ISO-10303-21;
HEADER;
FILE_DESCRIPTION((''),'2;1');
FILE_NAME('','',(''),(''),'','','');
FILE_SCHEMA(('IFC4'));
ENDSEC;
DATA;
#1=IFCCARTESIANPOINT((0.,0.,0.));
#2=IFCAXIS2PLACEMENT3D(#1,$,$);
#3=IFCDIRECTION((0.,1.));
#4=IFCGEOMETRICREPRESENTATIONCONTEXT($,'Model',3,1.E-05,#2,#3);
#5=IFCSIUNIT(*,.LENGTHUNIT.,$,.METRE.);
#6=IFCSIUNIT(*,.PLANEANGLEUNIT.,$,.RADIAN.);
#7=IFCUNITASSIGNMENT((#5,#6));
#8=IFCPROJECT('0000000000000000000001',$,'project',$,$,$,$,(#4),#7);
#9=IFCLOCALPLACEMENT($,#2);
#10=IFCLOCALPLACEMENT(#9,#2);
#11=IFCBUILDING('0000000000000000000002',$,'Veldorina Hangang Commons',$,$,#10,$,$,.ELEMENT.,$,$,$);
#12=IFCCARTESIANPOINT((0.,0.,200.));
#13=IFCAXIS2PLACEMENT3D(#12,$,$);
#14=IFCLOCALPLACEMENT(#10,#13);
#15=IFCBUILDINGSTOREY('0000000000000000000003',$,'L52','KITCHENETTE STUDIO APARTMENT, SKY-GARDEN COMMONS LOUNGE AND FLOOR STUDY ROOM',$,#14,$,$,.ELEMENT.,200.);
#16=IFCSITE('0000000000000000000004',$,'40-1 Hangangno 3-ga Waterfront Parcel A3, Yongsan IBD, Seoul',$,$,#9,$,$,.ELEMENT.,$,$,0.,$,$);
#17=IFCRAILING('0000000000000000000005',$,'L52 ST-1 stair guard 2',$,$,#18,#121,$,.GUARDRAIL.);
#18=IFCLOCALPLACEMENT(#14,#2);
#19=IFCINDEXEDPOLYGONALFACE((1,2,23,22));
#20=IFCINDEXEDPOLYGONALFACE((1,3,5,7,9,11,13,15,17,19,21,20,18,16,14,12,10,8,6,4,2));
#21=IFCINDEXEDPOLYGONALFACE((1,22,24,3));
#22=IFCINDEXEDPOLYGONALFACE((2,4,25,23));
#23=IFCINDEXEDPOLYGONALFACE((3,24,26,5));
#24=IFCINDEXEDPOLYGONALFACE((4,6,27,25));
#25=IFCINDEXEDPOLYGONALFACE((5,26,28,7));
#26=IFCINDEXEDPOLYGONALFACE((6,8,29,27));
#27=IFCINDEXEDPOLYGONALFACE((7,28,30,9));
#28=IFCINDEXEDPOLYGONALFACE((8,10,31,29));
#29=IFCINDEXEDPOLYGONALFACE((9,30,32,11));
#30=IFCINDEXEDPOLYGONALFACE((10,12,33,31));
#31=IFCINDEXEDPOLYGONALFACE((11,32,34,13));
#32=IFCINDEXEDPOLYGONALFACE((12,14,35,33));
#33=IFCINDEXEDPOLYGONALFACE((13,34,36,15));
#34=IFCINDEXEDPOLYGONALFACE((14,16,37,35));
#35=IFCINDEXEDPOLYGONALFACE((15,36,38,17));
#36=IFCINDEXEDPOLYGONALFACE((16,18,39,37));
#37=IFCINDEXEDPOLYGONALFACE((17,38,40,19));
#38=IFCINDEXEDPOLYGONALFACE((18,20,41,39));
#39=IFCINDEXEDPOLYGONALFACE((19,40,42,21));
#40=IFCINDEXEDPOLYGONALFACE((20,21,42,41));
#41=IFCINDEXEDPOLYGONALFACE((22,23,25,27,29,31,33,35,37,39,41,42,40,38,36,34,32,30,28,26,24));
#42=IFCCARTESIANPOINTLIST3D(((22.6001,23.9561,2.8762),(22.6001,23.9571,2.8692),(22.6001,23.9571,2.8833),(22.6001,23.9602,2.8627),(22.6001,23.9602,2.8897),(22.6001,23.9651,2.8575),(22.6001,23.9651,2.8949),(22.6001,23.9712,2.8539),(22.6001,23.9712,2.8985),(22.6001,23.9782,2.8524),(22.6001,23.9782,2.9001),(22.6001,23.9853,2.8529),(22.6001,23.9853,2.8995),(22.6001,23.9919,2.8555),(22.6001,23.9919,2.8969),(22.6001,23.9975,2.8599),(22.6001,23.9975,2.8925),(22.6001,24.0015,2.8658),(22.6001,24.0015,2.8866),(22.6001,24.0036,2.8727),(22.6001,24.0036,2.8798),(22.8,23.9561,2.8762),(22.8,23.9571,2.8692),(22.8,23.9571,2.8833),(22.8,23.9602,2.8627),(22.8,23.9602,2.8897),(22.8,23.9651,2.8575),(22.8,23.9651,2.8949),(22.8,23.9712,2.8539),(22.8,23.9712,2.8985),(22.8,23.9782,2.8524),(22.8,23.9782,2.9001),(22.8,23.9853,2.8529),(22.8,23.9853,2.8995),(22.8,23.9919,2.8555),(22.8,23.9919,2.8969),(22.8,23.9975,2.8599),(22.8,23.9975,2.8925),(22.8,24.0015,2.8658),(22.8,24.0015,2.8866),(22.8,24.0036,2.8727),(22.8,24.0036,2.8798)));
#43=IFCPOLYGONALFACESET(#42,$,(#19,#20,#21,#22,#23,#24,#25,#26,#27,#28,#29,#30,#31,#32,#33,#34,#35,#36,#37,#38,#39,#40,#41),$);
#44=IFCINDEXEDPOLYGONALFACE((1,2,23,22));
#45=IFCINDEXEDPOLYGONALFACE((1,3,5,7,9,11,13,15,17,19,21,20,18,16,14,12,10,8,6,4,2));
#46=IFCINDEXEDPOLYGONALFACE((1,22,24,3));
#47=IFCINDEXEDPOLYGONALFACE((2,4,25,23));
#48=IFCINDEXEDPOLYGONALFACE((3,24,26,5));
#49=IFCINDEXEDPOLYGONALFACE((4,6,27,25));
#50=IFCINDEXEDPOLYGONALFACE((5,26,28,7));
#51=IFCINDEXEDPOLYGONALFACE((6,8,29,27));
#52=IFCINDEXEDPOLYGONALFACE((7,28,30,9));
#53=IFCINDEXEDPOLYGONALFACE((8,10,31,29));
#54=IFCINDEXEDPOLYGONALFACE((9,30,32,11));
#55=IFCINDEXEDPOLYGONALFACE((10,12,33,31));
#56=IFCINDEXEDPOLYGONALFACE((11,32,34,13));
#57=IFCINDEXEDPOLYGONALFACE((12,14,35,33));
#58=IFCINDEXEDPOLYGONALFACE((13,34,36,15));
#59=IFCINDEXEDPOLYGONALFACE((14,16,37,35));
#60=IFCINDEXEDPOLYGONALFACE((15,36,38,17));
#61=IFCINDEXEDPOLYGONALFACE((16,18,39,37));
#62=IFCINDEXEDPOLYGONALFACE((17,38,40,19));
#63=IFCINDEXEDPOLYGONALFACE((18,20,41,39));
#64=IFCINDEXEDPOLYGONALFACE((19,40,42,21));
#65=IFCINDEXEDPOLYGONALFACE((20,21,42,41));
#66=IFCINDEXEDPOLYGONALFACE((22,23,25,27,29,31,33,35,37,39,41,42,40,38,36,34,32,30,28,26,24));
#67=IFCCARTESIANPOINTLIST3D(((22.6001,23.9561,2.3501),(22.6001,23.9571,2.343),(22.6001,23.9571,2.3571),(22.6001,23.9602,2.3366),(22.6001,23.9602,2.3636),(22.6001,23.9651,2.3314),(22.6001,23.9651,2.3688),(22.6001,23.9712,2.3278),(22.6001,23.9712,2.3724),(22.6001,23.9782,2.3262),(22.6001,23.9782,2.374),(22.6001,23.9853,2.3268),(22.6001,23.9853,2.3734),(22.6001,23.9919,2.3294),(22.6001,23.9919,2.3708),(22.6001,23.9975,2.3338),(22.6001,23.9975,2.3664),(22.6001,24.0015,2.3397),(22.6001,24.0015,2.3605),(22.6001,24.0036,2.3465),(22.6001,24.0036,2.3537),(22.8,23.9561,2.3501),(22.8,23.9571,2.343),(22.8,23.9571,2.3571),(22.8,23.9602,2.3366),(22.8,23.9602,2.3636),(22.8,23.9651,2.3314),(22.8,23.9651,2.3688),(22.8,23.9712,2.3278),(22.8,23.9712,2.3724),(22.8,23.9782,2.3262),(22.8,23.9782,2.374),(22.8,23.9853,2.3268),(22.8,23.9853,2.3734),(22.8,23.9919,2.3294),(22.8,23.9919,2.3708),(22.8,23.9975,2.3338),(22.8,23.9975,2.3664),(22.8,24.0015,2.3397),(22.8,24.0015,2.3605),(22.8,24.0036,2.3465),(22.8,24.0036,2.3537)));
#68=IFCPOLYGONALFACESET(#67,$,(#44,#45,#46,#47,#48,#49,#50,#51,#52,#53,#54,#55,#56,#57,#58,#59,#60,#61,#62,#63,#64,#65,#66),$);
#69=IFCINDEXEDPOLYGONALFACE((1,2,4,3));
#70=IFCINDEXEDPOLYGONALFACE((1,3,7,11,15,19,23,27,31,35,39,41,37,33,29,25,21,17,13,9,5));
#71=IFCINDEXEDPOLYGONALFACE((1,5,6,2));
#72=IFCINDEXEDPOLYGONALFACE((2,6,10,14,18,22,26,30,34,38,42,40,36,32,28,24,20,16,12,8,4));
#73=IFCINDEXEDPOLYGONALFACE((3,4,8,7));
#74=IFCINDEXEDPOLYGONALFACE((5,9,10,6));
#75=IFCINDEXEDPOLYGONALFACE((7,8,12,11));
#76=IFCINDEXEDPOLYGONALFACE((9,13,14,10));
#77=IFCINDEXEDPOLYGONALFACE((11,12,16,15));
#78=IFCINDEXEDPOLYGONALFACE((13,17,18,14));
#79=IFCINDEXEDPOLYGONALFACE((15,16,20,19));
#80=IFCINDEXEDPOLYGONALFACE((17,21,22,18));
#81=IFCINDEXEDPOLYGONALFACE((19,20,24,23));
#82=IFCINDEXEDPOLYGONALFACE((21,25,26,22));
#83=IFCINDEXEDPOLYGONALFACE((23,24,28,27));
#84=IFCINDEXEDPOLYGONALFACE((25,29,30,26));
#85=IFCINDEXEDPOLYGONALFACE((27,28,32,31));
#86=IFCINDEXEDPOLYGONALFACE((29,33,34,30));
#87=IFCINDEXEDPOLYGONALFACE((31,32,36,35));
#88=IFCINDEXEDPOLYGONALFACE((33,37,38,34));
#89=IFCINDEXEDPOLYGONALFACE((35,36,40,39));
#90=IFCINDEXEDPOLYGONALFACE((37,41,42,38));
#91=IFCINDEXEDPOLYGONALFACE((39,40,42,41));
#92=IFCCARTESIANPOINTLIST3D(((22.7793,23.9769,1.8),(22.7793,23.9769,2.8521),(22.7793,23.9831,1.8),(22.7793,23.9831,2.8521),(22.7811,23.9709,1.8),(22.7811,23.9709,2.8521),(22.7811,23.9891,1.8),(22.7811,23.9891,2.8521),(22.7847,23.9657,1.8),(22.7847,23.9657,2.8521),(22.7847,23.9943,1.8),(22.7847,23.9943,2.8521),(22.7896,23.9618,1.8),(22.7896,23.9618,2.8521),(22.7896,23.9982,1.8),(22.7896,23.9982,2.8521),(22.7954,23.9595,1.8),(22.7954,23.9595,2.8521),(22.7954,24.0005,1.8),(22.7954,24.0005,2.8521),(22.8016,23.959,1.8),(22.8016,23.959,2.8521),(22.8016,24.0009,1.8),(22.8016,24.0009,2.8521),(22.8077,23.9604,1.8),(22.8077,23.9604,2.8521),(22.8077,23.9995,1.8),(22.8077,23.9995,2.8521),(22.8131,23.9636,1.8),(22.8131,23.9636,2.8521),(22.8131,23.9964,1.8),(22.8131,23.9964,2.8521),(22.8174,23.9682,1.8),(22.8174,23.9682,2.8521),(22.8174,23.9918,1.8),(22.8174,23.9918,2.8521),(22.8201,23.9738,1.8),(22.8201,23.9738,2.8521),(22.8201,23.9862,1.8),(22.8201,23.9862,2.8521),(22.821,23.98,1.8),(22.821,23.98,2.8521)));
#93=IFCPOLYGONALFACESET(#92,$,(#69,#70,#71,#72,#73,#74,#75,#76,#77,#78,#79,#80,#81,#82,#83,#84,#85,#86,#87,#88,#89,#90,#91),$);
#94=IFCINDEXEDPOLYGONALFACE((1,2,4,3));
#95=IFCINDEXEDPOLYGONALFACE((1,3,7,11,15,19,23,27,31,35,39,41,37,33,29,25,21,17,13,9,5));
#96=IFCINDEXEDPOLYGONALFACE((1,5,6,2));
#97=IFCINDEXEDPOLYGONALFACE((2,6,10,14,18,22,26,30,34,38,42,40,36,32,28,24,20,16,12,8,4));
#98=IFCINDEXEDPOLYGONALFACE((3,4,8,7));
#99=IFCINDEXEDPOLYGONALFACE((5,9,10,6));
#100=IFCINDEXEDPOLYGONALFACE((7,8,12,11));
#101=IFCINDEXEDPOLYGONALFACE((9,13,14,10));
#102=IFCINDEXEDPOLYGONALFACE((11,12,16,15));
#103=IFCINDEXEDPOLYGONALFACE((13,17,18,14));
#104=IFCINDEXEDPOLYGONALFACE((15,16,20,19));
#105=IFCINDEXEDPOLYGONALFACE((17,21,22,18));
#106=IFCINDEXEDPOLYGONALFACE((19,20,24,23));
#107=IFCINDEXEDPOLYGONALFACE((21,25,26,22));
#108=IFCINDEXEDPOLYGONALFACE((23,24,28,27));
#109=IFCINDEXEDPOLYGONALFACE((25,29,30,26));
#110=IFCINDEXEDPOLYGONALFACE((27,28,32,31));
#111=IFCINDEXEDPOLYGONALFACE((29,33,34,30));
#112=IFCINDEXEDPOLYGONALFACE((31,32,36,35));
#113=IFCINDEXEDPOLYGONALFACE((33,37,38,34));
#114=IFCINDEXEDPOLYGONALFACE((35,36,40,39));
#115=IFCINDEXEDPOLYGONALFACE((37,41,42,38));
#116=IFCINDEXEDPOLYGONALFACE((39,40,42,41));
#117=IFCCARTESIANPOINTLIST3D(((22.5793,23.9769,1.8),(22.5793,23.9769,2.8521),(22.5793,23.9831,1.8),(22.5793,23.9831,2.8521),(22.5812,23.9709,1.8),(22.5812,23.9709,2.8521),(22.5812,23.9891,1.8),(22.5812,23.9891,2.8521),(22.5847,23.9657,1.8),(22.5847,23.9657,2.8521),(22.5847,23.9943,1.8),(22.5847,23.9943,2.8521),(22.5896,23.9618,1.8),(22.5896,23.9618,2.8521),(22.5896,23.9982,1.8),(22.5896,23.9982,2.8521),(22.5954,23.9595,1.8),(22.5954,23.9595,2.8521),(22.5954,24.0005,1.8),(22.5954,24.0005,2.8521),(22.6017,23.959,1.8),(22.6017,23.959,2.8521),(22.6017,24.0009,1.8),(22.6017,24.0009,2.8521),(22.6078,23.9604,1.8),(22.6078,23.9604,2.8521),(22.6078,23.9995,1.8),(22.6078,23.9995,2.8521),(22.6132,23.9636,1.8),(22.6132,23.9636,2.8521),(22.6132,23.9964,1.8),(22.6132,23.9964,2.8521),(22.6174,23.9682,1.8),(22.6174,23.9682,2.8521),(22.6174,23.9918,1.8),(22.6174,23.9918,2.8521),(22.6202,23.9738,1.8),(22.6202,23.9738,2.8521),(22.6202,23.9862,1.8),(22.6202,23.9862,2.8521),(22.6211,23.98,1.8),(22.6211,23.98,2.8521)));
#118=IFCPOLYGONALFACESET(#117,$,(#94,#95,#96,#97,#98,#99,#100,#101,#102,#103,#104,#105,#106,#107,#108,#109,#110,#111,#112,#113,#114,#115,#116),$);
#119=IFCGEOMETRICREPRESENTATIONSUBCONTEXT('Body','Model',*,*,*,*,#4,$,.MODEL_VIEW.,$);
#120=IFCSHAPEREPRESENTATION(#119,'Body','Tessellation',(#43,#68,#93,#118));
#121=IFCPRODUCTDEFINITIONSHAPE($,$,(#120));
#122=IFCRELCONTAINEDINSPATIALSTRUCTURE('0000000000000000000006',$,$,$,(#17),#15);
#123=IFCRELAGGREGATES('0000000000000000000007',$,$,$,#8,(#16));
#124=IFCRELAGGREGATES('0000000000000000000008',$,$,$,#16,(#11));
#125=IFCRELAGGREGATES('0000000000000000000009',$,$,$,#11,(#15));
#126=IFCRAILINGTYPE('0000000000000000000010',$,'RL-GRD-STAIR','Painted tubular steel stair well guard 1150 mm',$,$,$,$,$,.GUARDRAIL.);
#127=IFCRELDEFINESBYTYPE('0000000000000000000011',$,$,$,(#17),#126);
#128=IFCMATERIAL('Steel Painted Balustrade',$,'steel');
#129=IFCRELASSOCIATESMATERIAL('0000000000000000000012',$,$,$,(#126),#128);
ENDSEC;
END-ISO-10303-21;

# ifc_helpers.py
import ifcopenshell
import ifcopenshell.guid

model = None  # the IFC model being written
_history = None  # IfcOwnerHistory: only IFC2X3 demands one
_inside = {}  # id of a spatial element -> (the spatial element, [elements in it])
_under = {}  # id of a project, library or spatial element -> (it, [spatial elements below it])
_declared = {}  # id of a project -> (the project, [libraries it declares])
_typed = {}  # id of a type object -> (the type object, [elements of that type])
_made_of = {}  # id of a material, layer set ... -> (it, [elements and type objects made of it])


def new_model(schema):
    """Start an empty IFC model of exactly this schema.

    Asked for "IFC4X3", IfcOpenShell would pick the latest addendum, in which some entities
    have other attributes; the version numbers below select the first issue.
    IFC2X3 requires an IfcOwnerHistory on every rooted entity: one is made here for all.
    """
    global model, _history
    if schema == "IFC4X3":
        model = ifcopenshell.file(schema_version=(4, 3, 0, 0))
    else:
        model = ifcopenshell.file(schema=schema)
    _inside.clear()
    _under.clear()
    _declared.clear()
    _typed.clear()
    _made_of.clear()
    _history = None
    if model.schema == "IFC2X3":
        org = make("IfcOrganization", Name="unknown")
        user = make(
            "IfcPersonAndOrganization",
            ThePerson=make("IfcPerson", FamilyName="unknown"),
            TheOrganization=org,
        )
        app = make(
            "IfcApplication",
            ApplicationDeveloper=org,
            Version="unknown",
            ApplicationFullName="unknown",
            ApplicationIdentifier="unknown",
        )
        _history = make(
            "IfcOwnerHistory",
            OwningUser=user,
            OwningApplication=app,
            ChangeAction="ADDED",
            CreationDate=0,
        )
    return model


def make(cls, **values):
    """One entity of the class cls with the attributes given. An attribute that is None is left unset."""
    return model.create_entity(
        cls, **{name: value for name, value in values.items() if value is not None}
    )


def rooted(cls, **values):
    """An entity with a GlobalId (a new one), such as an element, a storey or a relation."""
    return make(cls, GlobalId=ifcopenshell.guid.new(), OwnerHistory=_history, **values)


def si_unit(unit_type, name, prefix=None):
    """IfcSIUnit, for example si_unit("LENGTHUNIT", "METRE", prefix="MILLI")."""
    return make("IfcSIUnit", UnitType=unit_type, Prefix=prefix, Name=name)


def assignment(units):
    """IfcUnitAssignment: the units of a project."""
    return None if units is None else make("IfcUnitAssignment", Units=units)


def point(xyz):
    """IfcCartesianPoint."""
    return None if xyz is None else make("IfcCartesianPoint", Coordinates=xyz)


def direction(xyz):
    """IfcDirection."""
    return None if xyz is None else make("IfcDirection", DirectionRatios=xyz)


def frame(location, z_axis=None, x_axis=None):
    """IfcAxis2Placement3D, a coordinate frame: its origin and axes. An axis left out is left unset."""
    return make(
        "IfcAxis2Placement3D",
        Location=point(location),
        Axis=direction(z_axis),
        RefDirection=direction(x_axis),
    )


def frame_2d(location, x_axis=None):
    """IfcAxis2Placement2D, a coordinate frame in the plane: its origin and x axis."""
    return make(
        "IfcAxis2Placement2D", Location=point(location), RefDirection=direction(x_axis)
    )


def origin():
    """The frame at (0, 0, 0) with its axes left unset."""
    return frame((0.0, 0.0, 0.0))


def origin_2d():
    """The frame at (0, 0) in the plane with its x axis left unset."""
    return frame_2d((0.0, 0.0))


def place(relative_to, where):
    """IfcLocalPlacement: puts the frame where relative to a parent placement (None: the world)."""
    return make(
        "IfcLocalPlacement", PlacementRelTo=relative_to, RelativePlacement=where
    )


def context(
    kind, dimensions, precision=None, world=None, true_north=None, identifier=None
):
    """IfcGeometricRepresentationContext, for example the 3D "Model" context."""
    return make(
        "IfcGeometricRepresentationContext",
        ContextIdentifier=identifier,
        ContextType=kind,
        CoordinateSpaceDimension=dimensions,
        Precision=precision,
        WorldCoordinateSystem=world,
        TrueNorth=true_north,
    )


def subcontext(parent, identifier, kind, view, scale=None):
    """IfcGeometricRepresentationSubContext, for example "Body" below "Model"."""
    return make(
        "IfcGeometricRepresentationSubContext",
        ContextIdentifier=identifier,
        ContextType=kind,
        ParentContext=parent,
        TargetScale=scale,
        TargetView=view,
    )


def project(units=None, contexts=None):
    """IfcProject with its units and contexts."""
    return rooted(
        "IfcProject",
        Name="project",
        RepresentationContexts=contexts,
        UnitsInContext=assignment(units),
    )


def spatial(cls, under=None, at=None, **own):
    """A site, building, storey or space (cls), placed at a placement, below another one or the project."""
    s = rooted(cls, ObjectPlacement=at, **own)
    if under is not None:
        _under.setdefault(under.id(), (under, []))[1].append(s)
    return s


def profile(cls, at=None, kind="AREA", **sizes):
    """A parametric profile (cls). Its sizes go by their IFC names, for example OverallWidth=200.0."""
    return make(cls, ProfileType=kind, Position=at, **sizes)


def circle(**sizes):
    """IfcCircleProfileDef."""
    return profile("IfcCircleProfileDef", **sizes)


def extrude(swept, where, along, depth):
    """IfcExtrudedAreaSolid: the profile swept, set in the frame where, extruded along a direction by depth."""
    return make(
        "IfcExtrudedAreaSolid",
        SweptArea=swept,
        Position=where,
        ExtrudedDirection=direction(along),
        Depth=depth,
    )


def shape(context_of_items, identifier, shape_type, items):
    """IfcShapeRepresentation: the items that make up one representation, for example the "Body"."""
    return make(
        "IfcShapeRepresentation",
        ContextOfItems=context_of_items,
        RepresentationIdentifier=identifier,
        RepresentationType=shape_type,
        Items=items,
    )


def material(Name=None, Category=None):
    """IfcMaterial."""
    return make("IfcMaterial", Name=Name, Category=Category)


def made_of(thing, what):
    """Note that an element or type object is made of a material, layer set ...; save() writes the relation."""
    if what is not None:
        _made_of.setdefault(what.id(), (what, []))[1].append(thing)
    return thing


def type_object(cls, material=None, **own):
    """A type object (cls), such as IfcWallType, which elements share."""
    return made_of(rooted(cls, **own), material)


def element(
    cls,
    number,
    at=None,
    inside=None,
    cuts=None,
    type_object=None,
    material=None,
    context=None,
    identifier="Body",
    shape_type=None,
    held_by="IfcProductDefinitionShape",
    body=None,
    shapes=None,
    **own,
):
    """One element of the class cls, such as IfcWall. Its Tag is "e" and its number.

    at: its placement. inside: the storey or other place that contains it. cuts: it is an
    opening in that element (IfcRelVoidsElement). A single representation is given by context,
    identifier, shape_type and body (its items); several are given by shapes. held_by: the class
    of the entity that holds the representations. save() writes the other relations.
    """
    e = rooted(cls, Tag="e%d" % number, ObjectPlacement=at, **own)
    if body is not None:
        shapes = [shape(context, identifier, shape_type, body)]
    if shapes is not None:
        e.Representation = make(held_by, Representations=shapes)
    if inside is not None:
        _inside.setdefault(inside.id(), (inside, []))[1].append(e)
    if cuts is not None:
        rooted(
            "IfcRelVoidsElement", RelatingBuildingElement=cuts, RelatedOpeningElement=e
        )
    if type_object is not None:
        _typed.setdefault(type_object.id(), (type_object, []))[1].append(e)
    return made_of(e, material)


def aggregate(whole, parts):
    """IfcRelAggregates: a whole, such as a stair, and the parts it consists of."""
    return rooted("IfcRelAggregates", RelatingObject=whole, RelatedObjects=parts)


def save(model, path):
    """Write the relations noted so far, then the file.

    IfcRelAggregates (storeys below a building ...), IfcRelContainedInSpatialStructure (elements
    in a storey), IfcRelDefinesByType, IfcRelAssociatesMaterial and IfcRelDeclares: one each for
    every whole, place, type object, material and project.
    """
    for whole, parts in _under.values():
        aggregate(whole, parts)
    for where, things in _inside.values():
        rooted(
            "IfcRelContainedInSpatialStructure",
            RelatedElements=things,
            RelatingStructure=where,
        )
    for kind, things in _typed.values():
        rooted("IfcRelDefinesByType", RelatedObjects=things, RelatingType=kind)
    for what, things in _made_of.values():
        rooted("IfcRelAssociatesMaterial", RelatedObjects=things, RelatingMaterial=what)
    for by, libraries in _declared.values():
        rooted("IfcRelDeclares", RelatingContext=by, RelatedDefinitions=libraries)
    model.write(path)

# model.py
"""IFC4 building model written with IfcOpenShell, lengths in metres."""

from ifc_helpers import new_model, si_unit, direction, frame, origin, origin_2d, place, context, subcontext, project, spatial, circle, extrude, material, type_object, element, save


model = new_model("IFC4")

# Units and contexts
model_context = context("Model", 3, precision=1e-05, world=origin(), true_north=direction((0.0, 1.0)))
body_context = subcontext(model_context, "Body", "Model", "MODEL_VIEW")
ifc_project = project(units=[si_unit("LENGTHUNIT", "METRE"), si_unit("PLANEANGLEUNIT", "RADIAN")], contexts=[model_context])

# Site, building, storey
site_placement = place(None, origin())
site = spatial("IfcSite", under=ifc_project, at=site_placement, Name="40-1 Hangangno 3-ga Waterfront Parcel A3, Yongsan IBD, Seoul", CompositionType="ELEMENT", RefElevation=0.0)
building_placement = place(site_placement, origin())
building = spatial("IfcBuilding", under=site, at=building_placement, Name="Veldorina Hangang Commons", CompositionType="ELEMENT")
storey_placement = place(building_placement, frame((0.0, 0.0, 200.0)))
storey = spatial("IfcBuildingStorey", under=building, at=storey_placement, Name="L52", Description="KITCHENETTE STUDIO APARTMENT, SKY-GARDEN COMMONS LOUNGE AND FLOOR STUDY ROOM", CompositionType="ELEMENT", Elevation=200.0)

# Railing
ifc_material_1 = material(Name="Steel Painted Balustrade", Category="steel")
railing_type_1 = type_object("IfcRailingType", Name="RL-GRD-STAIR", Description="Painted tubular steel stair well guard 1150 mm", PredefinedType="GUARDRAIL", material=ifc_material_1)
railing_1_placement = place(storey_placement, frame((22.8, 23.98, 1.8)))
element("IfcRailing", 1, at=railing_1_placement, inside=storey, type_object=railing_type_1, Name="L52 ST-1 stair guard 2", PredefinedType="GUARDRAIL", context=body_context, shape_type="SweptSolid", body=[
    extrude(circle(Radius=0.0239, at=origin_2d()), frame((0.0, 0.0, 1.0762), z_axis=(-1.0, 0.0, 0.0), x_axis=(0.0, -1.0, 0.0)), (0.0, 0.0, 1.0), 0.2),
    extrude(circle(Radius=0.0239, at=origin_2d()), frame((0.0, 0.0, 0.55), z_axis=(-1.0, 0.0, 0.0), x_axis=(0.0, -1.0, 0.0)), (0.0, 0.0, 1.0), 0.2),
    extrude(circle(Radius=0.021, at=origin_2d()), origin(), (0.0, 0.0, 1.0), 1.052),
    extrude(circle(Radius=0.021, at=origin_2d()), frame((-0.2, 0.0, 0.0)), (0.0, 0.0, 1.0), 1.052),
])

save(model, "model.ifc")
